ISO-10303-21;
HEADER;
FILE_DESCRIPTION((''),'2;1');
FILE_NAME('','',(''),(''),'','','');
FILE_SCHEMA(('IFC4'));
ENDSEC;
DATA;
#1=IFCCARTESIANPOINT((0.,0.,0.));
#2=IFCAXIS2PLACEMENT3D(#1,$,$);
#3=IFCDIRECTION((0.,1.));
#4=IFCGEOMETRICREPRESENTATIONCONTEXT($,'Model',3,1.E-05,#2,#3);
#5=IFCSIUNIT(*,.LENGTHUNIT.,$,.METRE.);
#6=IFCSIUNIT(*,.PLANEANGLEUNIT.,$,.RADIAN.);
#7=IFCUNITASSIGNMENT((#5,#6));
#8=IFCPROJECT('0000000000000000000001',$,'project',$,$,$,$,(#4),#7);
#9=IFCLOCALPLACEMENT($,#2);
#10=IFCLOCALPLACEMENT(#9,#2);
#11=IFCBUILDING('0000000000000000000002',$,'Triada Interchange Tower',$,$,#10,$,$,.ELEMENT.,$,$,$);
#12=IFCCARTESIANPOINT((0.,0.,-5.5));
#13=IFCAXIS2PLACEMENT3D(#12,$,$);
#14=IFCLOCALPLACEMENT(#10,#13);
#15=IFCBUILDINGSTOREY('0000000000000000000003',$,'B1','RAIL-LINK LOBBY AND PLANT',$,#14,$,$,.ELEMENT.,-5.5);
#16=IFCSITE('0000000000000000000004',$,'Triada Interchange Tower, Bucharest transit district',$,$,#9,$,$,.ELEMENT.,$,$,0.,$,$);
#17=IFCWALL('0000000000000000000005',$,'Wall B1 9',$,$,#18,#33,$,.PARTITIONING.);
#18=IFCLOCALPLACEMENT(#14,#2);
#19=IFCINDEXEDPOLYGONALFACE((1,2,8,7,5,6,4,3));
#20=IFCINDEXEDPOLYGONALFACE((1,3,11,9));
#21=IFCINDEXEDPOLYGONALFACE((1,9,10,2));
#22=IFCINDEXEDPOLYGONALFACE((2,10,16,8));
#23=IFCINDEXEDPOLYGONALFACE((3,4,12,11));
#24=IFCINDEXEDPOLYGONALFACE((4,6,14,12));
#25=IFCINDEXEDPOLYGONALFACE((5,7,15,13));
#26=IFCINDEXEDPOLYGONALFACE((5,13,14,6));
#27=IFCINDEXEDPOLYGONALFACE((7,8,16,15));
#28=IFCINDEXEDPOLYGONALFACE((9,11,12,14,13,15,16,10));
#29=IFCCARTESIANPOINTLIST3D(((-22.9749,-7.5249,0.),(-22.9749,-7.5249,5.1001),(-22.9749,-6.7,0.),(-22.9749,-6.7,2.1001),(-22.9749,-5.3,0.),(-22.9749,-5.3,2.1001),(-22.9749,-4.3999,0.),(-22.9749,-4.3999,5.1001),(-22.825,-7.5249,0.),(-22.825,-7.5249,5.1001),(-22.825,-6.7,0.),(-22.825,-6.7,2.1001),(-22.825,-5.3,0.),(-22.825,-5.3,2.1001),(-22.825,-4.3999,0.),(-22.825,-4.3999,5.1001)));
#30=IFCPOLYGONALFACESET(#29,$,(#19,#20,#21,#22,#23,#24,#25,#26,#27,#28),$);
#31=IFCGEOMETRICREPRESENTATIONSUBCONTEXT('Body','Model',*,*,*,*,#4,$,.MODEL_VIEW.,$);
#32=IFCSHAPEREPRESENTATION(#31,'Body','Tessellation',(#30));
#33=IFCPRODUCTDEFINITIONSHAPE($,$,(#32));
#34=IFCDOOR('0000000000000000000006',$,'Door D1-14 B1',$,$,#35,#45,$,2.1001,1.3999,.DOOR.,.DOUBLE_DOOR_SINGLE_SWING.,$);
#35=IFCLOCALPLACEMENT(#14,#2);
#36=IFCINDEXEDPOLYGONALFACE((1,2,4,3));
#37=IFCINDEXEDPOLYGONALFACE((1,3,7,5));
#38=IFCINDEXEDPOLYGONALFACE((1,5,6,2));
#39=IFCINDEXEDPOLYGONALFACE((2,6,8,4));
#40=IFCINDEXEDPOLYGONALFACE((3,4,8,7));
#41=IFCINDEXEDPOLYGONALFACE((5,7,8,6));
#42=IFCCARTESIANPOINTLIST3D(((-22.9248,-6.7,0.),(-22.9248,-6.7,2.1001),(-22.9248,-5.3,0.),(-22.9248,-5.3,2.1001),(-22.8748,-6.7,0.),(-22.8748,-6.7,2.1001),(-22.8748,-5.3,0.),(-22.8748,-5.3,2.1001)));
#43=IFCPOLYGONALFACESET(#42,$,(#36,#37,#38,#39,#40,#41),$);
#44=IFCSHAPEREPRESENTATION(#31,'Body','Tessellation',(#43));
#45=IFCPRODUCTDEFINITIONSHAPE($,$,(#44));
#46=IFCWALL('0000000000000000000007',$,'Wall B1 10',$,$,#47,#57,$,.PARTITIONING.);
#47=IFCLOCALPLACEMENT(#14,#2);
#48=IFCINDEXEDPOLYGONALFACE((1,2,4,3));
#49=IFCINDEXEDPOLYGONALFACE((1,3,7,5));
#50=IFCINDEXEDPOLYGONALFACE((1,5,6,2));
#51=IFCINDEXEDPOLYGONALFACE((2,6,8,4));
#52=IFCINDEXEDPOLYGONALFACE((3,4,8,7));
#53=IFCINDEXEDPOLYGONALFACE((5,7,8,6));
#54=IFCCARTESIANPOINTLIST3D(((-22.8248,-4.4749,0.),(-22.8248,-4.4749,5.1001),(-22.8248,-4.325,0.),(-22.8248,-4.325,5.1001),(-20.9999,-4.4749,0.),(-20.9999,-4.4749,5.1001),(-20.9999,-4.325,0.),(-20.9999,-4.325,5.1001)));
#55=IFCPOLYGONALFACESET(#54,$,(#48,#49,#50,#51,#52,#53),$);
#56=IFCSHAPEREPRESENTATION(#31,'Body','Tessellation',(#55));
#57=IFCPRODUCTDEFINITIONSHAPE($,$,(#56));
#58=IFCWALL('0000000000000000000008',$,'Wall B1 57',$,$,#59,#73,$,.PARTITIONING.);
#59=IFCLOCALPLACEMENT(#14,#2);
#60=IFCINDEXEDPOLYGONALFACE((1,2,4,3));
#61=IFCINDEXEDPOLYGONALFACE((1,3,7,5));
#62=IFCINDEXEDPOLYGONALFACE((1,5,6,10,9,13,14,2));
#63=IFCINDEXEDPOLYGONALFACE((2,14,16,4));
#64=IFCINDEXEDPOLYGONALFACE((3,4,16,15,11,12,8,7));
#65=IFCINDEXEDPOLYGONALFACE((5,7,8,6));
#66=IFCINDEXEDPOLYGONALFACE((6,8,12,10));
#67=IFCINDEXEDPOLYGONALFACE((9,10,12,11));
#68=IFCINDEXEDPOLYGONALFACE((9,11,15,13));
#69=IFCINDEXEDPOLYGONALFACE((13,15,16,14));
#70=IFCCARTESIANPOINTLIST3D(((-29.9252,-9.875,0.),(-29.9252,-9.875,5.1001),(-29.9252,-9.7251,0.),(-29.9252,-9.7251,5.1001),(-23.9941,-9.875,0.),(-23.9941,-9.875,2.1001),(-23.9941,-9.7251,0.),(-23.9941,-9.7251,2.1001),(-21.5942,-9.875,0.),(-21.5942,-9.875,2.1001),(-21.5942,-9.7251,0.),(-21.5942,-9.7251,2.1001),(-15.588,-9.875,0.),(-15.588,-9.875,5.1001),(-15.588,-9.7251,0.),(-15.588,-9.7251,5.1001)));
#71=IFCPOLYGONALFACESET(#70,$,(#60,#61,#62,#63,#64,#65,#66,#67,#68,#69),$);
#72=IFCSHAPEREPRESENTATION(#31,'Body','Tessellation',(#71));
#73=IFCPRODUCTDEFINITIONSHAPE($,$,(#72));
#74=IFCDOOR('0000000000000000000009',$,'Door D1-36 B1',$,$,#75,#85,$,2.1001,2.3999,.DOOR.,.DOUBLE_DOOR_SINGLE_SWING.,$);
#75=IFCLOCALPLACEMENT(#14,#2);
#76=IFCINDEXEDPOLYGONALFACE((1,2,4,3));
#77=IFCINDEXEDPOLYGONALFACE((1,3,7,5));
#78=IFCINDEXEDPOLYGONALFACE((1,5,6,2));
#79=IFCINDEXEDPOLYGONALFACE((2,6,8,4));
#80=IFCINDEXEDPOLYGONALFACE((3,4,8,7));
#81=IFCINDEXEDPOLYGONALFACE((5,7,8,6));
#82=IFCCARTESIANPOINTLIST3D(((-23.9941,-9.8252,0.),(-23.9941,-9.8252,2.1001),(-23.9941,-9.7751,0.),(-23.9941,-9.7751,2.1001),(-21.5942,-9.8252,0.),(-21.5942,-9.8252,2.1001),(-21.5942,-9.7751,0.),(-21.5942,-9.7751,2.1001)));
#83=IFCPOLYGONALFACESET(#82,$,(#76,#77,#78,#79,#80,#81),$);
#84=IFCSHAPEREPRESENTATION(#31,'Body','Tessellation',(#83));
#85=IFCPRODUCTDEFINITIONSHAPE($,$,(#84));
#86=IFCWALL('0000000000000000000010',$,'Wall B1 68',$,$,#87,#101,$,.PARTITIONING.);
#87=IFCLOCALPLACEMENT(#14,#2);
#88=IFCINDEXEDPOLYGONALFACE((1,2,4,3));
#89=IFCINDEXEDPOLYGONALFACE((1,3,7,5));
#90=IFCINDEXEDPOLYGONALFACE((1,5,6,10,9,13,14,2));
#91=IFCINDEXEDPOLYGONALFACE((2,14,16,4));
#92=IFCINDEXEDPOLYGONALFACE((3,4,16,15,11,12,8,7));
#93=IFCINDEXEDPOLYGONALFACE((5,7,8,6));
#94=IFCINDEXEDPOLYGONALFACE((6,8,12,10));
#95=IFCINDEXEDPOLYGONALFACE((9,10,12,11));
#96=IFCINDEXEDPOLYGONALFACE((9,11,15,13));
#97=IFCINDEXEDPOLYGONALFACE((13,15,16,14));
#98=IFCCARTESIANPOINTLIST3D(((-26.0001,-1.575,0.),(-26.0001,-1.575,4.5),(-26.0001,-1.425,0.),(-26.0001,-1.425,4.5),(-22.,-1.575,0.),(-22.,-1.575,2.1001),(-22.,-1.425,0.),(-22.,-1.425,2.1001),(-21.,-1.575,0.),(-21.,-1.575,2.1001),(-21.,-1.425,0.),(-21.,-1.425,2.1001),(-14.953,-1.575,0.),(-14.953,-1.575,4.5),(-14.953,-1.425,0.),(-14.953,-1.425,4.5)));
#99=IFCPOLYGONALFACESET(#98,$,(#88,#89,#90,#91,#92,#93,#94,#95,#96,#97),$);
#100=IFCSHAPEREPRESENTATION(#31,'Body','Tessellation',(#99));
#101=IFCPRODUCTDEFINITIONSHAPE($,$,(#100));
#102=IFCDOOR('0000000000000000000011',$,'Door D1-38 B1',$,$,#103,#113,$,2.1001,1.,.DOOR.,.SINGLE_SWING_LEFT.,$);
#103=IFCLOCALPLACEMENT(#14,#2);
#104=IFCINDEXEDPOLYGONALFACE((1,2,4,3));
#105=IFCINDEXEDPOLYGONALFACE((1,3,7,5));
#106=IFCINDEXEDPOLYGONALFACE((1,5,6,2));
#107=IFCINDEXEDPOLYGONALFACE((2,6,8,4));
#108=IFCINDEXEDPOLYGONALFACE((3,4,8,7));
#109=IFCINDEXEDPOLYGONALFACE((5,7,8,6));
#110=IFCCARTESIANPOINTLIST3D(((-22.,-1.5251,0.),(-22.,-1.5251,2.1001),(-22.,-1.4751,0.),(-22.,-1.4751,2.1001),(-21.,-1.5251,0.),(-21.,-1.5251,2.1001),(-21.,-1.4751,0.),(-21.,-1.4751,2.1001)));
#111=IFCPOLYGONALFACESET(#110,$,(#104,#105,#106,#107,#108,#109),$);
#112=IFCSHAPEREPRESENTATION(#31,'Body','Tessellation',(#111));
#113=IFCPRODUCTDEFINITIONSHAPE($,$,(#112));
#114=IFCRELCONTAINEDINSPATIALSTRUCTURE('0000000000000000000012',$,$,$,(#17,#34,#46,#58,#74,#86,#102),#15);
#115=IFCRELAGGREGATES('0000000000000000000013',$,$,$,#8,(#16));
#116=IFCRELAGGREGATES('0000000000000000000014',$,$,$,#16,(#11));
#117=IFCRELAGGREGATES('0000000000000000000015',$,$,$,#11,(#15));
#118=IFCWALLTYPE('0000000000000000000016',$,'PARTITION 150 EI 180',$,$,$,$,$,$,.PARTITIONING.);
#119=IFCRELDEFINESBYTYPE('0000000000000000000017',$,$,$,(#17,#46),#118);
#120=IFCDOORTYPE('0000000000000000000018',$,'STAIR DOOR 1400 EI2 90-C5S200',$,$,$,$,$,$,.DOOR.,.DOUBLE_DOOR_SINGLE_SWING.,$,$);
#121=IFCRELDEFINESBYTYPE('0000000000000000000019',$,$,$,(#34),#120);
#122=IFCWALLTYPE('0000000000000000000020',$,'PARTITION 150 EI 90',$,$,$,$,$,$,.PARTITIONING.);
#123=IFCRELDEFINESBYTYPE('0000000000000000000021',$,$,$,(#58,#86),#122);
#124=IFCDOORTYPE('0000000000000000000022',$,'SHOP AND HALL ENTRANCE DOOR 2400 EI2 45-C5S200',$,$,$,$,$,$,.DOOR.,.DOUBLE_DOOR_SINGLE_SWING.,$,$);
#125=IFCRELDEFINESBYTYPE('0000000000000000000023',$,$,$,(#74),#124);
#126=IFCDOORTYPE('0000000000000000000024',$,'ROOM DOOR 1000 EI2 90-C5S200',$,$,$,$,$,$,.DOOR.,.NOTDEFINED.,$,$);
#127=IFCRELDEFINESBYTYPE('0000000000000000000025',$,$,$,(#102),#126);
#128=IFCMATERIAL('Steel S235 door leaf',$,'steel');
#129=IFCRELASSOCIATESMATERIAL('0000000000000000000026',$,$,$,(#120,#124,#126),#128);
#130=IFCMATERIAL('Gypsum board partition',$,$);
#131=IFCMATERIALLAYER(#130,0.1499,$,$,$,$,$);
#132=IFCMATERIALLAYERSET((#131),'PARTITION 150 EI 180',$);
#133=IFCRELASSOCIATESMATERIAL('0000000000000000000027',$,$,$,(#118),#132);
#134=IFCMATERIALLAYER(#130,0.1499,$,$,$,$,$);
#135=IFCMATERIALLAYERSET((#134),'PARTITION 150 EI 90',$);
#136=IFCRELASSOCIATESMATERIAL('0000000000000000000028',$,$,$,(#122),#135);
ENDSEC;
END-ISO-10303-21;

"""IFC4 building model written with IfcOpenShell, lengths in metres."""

from ifc_helpers import new_model, si_unit, direction, frame, frame_2d, origin, place, context, subcontext, project, spatial, rectangle, extrude, material, layer, layer_set, type_object, element, fill, save


model = new_model("IFC4")

# Units and contexts
model_context = context("Model", 3, precision=1e-05, world=origin(), true_north=direction((0.0, 1.0)))
body_context = subcontext(model_context, "Body", "Model", "MODEL_VIEW")
ifc_project = project(units=[si_unit("LENGTHUNIT", "METRE"), si_unit("PLANEANGLEUNIT", "RADIAN")], contexts=[model_context])

# Site, building, storey
site_placement = place(None, origin())
site = spatial("IfcSite", under=ifc_project, at=site_placement, Name="Triada Interchange Tower, Bucharest transit district", CompositionType="ELEMENT", RefElevation=0.0)
building_placement = place(site_placement, origin())
building = spatial("IfcBuilding", under=site, at=building_placement, Name="Triada Interchange Tower", CompositionType="ELEMENT")
storey_placement = place(building_placement, frame((0.0, 0.0, -5.5)))
storey = spatial("IfcBuildingStorey", under=building, at=storey_placement, Name="B1", Description="RAIL-LINK LOBBY AND PLANT", CompositionType="ELEMENT", Elevation=-5.5)

# Shared definitions
ifc_material_1 = material(Name="Steel S235 door leaf", Category="steel")
door_type_1 = type_object("IfcDoorType", Name="STAIR DOOR 1400 EI2 90-C5S200", OperationType="DOUBLE_DOOR_SINGLE_SWING", PredefinedType="DOOR", material=ifc_material_1)

# Shared definitions
ifc_material_2 = material(Name="Gypsum board partition")
ifc_layer_1 = layer(ifc_material_2, 0.1499)
ifc_layer_set_1 = layer_set([ifc_layer_1], Name="PARTITION 150 EI 180")
wall_type_1 = type_object("IfcWallType", Name="PARTITION 150 EI 180", PredefinedType="PARTITIONING", material=ifc_layer_set_1)

# Wall, opening, door
wall_1_placement = place(storey_placement, frame((-22.8999, -7.5249, 0.0), z_axis=(0.0, 0.0, 1.0), x_axis=(0.0, 1.0, 0.0)))
wall_1 = element("IfcWall", 1, at=wall_1_placement, inside=storey, type_object=wall_type_1, Name="Wall B1 9", PredefinedType="PARTITIONING", context=body_context, shape_type="SweptSolid", body=[
    extrude(rectangle(XDim=3.125, YDim=0.1499, at=frame_2d((1.5625, 0.0))), origin(), (0.0, 0.0, 1.0), 5.1001),
])
opening_1_placement = place(wall_1_placement, frame((0.825, 0.0, 0.0)))
opening_1 = element("IfcOpeningElement", 2, at=opening_1_placement, cuts=wall_1, PredefinedType="OPENING", context=body_context, shape_type="SweptSolid", body=[
    extrude(rectangle(XDim=1.3999, YDim=2.1001, at=frame_2d((0.7, 1.05))), frame((0.0, 0.085, 0.0), z_axis=(0.0, -1.0, 0.0), x_axis=(1.0, 0.0, 0.0)), (0.0, 0.0, 1.0), 0.1699),
])
door_1_placement = place(opening_1_placement, origin())
door_1 = element("IfcDoor", 3, at=door_1_placement, inside=storey, type_object=door_type_1, Name="Door D1-14 B1", OperationType="DOUBLE_DOOR_SINGLE_SWING", OverallHeight=2.1001, OverallWidth=1.3999, PredefinedType="DOOR", context=body_context, shape_type="SweptSolid", body=[
    extrude(rectangle(XDim=1.3999, YDim=2.1001, at=frame_2d((0.7, 1.05))), frame((0.0, 0.0249, 0.0), z_axis=(0.0, -1.0, 0.0), x_axis=(1.0, 0.0, 0.0)), (0.0, 0.0, 1.0), 0.05),
])
fill(opening_1, door_1)

# Wall
wall_2_placement = place(storey_placement, frame((-22.825, -4.3999, 0.0), z_axis=(0.0, 0.0, 1.0), x_axis=(1.0, 0.0, 0.0)))
element("IfcWall", 4, at=wall_2_placement, inside=storey, type_object=wall_type_1, Name="Wall B1 10", PredefinedType="PARTITIONING", context=body_context, shape_type="SweptSolid", body=[
    extrude(rectangle(XDim=1.825, YDim=0.1499, at=frame_2d((0.9126, 0.0))), origin(), (0.0, 0.0, 1.0), 5.1001),
])

# Walls, openings, doors
ifc_layer_2 = layer(ifc_material_2, 0.1499)
ifc_layer_set_2 = layer_set([ifc_layer_2], Name="PARTITION 150 EI 90")
wall_type_2 = type_object("IfcWallType", Name="PARTITION 150 EI 90", PredefinedType="PARTITIONING", material=ifc_layer_set_2)
wall_3_placement = place(storey_placement, frame((-29.925, -9.8, 0.0), z_axis=(0.0, 0.0, 1.0), x_axis=(1.0, 0.0, 0.0)))
wall_3 = element("IfcWall", 5, at=wall_3_placement, inside=storey, type_object=wall_type_2, Name="Wall B1 57", PredefinedType="PARTITIONING", context=body_context, shape_type="SweptSolid", body=[
    extrude(rectangle(XDim=14.3372, YDim=0.1499, at=frame_2d((7.1685, 0.0))), origin(), (0.0, 0.0, 1.0), 5.1001),
])
opening_2_placement = place(wall_3_placement, frame((5.9309, 0.0, 0.0)))
opening_2 = element("IfcOpeningElement", 6, at=opening_2_placement, cuts=wall_3, PredefinedType="OPENING", context=body_context, shape_type="SweptSolid", body=[
    extrude(rectangle(XDim=2.3999, YDim=2.1001, at=frame_2d((1.2, 1.05))), frame((0.0, 0.085, 0.0), z_axis=(0.0, -1.0, 0.0), x_axis=(1.0, 0.0, 0.0)), (0.0, 0.0, 1.0), 0.1699),
])
door_type_2 = type_object("IfcDoorType", Name="SHOP AND HALL ENTRANCE DOOR 2400 EI2 45-C5S200", OperationType="DOUBLE_DOOR_SINGLE_SWING", PredefinedType="DOOR", material=ifc_material_1)
door_2_placement = place(opening_2_placement, origin())
door_2 = element("IfcDoor", 7, at=door_2_placement, inside=storey, type_object=door_type_2, Name="Door D1-36 B1", OperationType="DOUBLE_DOOR_SINGLE_SWING", OverallHeight=2.1001, OverallWidth=2.3999, PredefinedType="DOOR", context=body_context, shape_type="SweptSolid", body=[
    extrude(rectangle(XDim=2.3999, YDim=2.1001, at=frame_2d((1.2, 1.05))), frame((0.0, 0.0249, 0.0), z_axis=(0.0, -1.0, 0.0), x_axis=(1.0, 0.0, 0.0)), (0.0, 0.0, 1.0), 0.05),
])
fill(opening_2, door_2)
wall_4_placement = place(storey_placement, frame((-26.0, -1.5, 0.0), z_axis=(0.0, 0.0, 1.0), x_axis=(1.0, 0.0, 0.0)))
wall_4 = element("IfcWall", 8, at=wall_4_placement, inside=storey, type_object=wall_type_2, Name="Wall B1 68", PredefinedType="PARTITIONING", context=body_context, shape_type="SweptSolid", body=[
    extrude(rectangle(XDim=11.0471, YDim=0.1499, at=frame_2d((5.5234, 0.0))), origin(), (0.0, 0.0, 1.0), 4.5),
])
opening_3_placement = place(wall_4_placement, frame((4.0, 0.0, 0.0)))
opening_3 = element("IfcOpeningElement", 9, at=opening_3_placement, cuts=wall_4, PredefinedType="OPENING", context=body_context, shape_type="SweptSolid", body=[
    extrude(rectangle(XDim=1.0, YDim=2.1001, at=frame_2d((0.5, 1.05))), frame((0.0, 0.085, 0.0), z_axis=(0.0, -1.0, 0.0), x_axis=(1.0, 0.0, 0.0)), (0.0, 0.0, 1.0), 0.1699),
])
door_type_3 = type_object("IfcDoorType", Name="ROOM DOOR 1000 EI2 90-C5S200", OperationType="NOTDEFINED", PredefinedType="DOOR", material=ifc_material_1)
door_3_placement = place(opening_3_placement, origin())
door_3 = element("IfcDoor", 10, at=door_3_placement, inside=storey, type_object=door_type_3, Name="Door D1-38 B1", OperationType="SINGLE_SWING_LEFT", OverallHeight=2.1001, OverallWidth=1.0, PredefinedType="DOOR", context=body_context, shape_type="SweptSolid", body=[
    extrude(rectangle(XDim=1.0, YDim=2.1001, at=frame_2d((0.5, 1.05))), frame((0.0, 0.0249, 0.0), z_axis=(0.0, -1.0, 0.0), x_axis=(1.0, 0.0, 0.0)), (0.0, 0.0, 1.0), 0.05),
])
fill(opening_3, door_3)

save(model, "model.ifc")
